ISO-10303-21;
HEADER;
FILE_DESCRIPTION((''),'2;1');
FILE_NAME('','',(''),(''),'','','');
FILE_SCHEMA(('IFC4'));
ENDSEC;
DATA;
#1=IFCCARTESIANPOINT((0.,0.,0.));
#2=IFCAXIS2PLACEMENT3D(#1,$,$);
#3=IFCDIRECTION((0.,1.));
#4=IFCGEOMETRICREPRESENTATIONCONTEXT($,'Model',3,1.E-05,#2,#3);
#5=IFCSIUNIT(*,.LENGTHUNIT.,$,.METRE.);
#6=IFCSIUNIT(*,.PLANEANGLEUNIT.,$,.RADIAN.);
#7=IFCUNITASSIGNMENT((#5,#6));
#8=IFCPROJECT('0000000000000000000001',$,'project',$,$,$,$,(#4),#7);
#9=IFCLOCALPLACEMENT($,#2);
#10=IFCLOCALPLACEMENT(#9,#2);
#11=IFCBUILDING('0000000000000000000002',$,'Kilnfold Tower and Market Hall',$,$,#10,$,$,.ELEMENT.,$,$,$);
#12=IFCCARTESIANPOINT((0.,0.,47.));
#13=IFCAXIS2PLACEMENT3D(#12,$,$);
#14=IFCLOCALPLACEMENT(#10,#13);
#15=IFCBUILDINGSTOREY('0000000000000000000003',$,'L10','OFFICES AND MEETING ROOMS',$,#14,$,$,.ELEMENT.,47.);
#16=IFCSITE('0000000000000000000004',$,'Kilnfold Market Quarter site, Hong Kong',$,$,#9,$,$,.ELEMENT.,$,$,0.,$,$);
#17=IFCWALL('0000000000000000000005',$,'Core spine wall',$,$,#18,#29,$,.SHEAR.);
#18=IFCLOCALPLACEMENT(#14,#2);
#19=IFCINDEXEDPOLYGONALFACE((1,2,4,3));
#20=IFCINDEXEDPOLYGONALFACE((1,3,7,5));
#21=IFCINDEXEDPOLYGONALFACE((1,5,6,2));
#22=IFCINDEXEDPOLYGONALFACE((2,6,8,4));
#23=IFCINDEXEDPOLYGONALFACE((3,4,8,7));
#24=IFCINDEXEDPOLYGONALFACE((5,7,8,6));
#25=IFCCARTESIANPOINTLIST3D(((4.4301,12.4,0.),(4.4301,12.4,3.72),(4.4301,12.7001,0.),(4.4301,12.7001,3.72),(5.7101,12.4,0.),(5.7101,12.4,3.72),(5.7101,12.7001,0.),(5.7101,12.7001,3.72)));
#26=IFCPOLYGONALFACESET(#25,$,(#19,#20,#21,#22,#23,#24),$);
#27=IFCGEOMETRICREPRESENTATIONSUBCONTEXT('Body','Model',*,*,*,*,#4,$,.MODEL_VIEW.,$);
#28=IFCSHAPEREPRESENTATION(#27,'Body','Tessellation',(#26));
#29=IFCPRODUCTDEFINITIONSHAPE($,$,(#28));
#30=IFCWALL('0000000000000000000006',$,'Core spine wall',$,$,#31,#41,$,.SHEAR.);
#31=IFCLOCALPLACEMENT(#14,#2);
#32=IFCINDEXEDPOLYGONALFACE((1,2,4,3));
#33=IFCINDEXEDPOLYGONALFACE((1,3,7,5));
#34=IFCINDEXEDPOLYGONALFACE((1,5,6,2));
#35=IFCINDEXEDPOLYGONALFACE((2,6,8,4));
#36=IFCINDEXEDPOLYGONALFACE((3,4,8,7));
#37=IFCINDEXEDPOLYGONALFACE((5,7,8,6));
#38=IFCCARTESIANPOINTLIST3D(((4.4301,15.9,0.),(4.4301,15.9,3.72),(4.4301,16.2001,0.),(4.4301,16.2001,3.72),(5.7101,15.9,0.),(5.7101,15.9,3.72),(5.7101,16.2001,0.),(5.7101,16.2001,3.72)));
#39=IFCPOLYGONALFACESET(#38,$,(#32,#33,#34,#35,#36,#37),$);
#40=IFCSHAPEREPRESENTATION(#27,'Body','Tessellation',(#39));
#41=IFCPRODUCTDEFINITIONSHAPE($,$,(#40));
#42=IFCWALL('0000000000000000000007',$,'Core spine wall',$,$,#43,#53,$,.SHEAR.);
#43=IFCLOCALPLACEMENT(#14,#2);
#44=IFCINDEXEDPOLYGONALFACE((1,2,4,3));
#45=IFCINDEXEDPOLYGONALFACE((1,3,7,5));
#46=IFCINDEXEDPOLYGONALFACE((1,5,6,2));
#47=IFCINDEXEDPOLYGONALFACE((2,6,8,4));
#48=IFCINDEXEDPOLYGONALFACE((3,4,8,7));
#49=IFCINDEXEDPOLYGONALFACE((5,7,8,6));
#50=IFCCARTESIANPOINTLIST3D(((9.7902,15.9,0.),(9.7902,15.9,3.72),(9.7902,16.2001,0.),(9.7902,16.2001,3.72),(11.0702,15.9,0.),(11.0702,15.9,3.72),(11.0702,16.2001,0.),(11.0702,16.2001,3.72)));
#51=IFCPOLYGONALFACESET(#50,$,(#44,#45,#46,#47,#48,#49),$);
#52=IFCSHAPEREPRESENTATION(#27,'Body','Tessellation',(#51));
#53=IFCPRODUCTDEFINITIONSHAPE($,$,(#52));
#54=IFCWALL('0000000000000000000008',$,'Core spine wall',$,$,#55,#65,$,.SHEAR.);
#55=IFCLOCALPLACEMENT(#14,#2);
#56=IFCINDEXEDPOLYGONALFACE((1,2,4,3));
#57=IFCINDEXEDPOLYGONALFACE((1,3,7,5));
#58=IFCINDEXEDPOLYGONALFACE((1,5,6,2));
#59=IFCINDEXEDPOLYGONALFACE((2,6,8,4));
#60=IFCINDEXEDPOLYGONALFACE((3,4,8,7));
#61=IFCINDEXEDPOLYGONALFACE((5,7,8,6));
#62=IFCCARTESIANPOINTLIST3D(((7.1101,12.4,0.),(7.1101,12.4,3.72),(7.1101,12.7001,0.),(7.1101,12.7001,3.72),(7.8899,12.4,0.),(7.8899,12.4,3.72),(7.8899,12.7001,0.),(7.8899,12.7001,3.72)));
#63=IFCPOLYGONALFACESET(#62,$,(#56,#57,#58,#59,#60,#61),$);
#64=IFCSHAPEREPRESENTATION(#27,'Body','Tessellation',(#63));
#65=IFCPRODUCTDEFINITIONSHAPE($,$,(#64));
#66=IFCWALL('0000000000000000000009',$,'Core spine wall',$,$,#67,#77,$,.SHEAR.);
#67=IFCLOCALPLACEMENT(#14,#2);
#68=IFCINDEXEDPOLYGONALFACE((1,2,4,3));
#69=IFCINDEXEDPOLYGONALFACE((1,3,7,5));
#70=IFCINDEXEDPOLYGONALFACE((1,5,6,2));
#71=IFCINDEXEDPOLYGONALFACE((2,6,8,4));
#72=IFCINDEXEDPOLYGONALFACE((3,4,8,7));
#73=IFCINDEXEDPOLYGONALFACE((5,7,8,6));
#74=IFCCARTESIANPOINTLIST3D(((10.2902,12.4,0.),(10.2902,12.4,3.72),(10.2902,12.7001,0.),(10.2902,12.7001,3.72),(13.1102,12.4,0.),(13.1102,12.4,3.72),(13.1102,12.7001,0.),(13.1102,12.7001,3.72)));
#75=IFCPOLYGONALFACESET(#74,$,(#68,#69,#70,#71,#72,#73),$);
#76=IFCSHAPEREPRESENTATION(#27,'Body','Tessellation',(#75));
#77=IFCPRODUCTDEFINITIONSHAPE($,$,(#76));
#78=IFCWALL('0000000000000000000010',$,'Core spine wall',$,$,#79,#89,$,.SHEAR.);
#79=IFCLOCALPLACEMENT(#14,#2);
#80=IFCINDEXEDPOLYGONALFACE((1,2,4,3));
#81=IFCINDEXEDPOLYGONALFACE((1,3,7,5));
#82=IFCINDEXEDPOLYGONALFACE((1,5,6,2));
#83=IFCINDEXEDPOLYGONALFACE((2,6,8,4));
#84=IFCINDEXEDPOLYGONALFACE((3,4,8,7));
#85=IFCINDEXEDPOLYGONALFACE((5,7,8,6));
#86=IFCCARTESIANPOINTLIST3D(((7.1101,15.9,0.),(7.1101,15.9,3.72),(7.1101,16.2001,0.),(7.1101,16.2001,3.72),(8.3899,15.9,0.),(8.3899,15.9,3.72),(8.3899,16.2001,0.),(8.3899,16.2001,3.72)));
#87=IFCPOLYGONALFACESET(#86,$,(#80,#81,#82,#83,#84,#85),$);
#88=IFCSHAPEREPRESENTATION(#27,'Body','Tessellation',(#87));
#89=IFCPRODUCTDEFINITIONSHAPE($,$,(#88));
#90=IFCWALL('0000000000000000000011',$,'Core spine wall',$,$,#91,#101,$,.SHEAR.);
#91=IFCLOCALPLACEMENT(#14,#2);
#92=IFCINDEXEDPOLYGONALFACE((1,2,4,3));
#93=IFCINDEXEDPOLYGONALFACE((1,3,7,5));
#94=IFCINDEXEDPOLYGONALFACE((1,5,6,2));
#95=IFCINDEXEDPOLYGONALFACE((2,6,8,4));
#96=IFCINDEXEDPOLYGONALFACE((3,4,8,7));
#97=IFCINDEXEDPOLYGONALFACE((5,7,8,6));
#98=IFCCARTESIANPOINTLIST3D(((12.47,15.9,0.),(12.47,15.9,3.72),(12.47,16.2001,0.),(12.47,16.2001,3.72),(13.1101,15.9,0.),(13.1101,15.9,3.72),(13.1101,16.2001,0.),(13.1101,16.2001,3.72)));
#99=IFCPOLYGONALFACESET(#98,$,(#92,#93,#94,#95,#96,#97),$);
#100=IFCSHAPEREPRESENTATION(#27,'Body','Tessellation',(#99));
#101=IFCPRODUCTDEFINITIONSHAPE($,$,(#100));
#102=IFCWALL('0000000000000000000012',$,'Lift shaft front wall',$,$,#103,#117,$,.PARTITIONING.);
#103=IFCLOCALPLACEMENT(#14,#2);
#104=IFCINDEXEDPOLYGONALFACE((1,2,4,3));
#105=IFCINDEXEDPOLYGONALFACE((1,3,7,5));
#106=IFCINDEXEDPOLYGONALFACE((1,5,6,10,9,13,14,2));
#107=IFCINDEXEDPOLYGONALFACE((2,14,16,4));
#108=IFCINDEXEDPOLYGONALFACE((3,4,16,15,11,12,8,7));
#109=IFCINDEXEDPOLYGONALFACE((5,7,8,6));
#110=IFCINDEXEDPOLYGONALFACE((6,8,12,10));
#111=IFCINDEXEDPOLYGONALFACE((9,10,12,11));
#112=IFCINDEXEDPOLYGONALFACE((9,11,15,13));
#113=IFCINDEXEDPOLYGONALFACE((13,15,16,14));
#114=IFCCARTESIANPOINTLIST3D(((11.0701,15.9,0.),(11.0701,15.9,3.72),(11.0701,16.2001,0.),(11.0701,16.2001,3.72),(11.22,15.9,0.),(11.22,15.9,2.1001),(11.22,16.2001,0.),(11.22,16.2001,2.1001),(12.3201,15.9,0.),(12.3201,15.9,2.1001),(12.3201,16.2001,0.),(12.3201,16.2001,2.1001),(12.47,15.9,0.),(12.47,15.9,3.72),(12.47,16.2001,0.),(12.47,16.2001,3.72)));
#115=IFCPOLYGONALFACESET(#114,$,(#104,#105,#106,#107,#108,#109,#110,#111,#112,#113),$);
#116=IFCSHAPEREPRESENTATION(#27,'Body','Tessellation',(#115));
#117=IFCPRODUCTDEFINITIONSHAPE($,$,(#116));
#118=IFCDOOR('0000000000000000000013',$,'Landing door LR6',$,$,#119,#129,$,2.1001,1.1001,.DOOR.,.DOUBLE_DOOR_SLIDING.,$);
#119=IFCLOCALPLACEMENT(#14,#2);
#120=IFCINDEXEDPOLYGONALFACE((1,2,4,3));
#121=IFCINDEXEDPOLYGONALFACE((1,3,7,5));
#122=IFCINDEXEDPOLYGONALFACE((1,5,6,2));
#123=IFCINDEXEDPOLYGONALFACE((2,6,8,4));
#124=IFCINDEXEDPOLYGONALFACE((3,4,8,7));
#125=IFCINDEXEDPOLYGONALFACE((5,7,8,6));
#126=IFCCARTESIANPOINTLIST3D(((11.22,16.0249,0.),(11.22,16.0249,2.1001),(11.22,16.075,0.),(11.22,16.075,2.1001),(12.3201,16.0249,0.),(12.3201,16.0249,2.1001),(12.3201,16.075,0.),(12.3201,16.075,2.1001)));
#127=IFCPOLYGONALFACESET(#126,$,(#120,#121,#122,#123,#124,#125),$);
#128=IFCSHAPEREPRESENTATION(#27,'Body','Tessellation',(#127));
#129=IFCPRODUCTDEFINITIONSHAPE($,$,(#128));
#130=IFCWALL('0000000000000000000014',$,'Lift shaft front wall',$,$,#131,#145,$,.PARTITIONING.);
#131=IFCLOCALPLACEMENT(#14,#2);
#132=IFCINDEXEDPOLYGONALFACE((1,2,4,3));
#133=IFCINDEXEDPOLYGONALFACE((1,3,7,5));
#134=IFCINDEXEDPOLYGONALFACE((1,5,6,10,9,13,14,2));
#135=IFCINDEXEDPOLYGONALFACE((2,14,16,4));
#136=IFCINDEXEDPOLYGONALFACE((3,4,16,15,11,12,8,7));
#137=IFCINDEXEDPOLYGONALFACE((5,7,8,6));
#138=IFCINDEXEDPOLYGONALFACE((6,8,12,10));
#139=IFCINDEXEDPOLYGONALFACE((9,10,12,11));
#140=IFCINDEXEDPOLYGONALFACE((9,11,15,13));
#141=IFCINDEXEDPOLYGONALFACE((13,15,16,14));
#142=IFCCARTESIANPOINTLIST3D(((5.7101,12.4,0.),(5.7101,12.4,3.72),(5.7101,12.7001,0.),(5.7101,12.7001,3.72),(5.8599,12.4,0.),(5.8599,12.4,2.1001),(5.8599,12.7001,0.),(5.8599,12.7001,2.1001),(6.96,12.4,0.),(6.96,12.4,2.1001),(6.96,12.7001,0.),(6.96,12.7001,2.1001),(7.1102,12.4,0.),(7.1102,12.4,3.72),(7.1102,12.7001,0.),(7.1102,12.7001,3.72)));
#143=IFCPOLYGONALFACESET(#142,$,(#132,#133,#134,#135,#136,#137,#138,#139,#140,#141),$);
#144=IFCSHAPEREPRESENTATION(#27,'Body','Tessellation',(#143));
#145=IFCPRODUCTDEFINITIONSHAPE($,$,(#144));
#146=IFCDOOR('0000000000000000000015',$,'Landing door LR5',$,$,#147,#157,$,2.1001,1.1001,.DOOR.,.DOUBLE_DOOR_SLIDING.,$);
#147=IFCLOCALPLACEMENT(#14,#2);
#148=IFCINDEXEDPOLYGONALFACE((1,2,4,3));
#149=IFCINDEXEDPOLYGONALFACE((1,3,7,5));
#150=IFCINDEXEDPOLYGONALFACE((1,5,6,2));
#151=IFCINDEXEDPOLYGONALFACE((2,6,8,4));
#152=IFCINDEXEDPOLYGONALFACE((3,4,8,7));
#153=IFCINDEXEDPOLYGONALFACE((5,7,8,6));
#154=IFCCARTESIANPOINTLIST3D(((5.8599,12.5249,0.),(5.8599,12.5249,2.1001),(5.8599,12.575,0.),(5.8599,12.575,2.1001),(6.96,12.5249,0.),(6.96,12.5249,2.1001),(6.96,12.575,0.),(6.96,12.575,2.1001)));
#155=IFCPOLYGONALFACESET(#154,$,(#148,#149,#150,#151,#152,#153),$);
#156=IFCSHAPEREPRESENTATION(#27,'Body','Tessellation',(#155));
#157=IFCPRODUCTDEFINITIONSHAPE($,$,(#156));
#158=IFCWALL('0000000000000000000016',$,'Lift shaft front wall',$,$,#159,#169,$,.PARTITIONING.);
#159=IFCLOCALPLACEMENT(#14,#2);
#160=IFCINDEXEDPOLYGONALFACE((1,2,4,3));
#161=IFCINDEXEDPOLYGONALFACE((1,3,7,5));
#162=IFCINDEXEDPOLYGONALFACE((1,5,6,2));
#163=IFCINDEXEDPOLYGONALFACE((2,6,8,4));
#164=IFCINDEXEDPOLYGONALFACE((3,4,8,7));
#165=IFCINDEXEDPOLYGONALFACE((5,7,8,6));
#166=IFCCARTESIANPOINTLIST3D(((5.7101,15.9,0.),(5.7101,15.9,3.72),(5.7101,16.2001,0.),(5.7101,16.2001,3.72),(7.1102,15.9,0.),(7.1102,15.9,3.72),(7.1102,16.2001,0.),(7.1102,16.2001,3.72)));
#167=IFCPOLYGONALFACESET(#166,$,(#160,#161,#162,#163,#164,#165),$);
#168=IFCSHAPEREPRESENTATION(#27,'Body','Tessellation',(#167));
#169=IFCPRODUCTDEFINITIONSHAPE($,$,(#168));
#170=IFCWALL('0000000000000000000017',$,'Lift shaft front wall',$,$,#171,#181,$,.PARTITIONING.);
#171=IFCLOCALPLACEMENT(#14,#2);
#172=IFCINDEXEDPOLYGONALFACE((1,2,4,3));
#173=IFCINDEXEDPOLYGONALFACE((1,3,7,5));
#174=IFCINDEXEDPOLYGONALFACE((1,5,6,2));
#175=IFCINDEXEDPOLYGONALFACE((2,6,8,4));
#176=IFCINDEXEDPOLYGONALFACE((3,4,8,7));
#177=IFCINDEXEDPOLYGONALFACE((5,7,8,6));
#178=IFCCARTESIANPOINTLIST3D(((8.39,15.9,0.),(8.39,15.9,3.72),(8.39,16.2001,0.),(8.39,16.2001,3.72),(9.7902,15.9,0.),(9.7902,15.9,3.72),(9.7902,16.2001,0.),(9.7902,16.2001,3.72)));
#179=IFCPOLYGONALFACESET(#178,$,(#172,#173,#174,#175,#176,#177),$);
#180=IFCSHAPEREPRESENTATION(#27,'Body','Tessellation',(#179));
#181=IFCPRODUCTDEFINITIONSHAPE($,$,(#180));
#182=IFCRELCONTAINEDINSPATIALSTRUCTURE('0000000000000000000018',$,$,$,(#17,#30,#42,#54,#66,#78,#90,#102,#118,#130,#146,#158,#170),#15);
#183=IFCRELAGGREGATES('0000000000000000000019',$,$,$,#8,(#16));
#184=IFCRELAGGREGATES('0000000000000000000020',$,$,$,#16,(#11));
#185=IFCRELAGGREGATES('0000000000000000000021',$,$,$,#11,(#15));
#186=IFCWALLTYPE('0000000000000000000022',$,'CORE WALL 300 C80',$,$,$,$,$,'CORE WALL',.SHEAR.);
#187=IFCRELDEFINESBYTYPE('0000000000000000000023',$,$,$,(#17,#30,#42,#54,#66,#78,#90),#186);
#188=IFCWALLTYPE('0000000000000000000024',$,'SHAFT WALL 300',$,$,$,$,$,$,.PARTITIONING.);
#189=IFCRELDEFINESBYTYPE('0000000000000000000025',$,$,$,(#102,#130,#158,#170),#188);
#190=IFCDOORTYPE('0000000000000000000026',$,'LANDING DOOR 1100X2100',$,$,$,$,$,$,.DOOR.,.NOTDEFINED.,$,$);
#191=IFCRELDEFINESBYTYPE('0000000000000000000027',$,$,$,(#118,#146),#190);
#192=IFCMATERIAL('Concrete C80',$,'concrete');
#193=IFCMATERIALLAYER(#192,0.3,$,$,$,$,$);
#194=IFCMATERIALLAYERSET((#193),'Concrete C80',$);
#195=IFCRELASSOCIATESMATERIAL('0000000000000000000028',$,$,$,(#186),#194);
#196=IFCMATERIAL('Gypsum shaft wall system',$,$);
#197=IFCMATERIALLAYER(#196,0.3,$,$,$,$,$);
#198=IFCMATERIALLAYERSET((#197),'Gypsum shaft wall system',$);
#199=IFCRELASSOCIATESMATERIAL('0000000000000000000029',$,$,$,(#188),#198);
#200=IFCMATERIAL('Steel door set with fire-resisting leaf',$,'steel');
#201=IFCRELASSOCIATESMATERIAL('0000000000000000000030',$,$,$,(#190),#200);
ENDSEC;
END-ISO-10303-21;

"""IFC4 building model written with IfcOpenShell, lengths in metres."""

from ifc_helpers import new_model, si_unit, direction, frame, frame_2d, origin, place, context, subcontext, project, spatial, rectangle, extrude, source, transform, mapped, material, layer, layer_set, type_object, element, fill, save


model = new_model("IFC4")

# Units and contexts
model_context = context("Model", 3, precision=1e-05, world=origin(), true_north=direction((0.0, 1.0)))
body_context = subcontext(model_context, "Body", "Model", "MODEL_VIEW")
ifc_project = project(units=[si_unit("LENGTHUNIT", "METRE"), si_unit("PLANEANGLEUNIT", "RADIAN")], contexts=[model_context])

# Site, building, storey
site_placement = place(None, origin())
site = spatial("IfcSite", under=ifc_project, at=site_placement, Name="Kilnfold Market Quarter site, Hong Kong", CompositionType="ELEMENT", RefElevation=0.0)
building_placement = place(site_placement, origin())
building = spatial("IfcBuilding", under=site, at=building_placement, Name="Kilnfold Tower and Market Hall", CompositionType="ELEMENT")
storey_placement = place(building_placement, frame((0.0, 0.0, 47.0)))
storey = spatial("IfcBuildingStorey", under=building, at=storey_placement, Name="L10", Description="OFFICES AND MEETING ROOMS", CompositionType="ELEMENT", Elevation=47.0)

# Walls
ifc_material_1 = material(Name="Concrete C80", Category="concrete")
ifc_layer_1 = layer(ifc_material_1, 0.3)
ifc_layer_set_1 = layer_set([ifc_layer_1], Name="Concrete C80")
wall_type_1 = type_object("IfcWallType", Name="CORE WALL 300 C80", ElementType="CORE WALL", PredefinedType="SHEAR", material=ifc_layer_set_1)
shared_shape_1 = source(origin(), body_context, "Body", "SweptSolid", [
    extrude(rectangle(XDim=1.28, YDim=0.3, at=frame_2d((0.6401, 0.0))), origin(), (0.0, 0.0, 1.0), 3.72),
])
for number, where, z_axis, x_axis, name in (
    (1, (4.4299, 12.55, 0.0), (0.0, 0.0, 1.0), (1.0, 0.0, 0.0), "Core spine wall"),
    (2, (4.4299, 16.05, 0.0), (0.0, 0.0, 1.0), (1.0, 0.0, 0.0), "Core spine wall"),
    (3, (9.79, 16.05, 0.0), (0.0, 0.0, 1.0), (1.0, 0.0, 0.0), "Core spine wall"),
):
    element("IfcWall", number, at=place(storey_placement, frame(where, z_axis=z_axis, x_axis=x_axis)), inside=storey, type_object=wall_type_1, Name=name, PredefinedType="SHEAR", context=body_context, shape_type="MappedRepresentation", body=[
        mapped(shared_shape_1, transform((0.0, 0.0, 0.0))),
    ])
shared_shape_2 = source(origin(), body_context, "Body", "SweptSolid", [
    extrude(rectangle(XDim=0.7798, YDim=0.3, at=frame_2d((0.3899, 0.0))), origin(), (0.0, 0.0, 1.0), 3.72),
])
wall_1_placement = place(storey_placement, frame((7.1101, 12.55, 0.0), z_axis=(0.0, 0.0, 1.0), x_axis=(1.0, 0.0, 0.0)))
element("IfcWall", 4, at=wall_1_placement, inside=storey, type_object=wall_type_1, Name="Core spine wall", PredefinedType="SHEAR", context=body_context, shape_type="MappedRepresentation", body=[
    mapped(shared_shape_2, transform((0.0, 0.0, 0.0))),
])
shared_shape_3 = source(origin(), body_context, "Body", "SweptSolid", [
    extrude(rectangle(XDim=2.8201, YDim=0.3, at=frame_2d((1.4102, 0.0))), origin(), (0.0, 0.0, 1.0), 3.72),
])
wall_2_placement = place(storey_placement, frame((10.29, 12.55, 0.0), z_axis=(0.0, 0.0, 1.0), x_axis=(1.0, 0.0, 0.0)))
element("IfcWall", 5, at=wall_2_placement, inside=storey, type_object=wall_type_1, Name="Core spine wall", PredefinedType="SHEAR", context=body_context, shape_type="MappedRepresentation", body=[
    mapped(shared_shape_3, transform((0.0, 0.0, 0.0))),
])
shared_shape_4 = source(origin(), body_context, "Body", "SweptSolid", [
    extrude(rectangle(XDim=1.2798, YDim=0.3, at=frame_2d((0.6399, 0.0))), origin(), (0.0, 0.0, 1.0), 3.72),
])
wall_3_placement = place(storey_placement, frame((7.1101, 16.05, 0.0), z_axis=(0.0, 0.0, 1.0), x_axis=(1.0, 0.0, 0.0)))
element("IfcWall", 6, at=wall_3_placement, inside=storey, type_object=wall_type_1, Name="Core spine wall", PredefinedType="SHEAR", context=body_context, shape_type="MappedRepresentation", body=[
    mapped(shared_shape_4, transform((0.0, 0.0, 0.0))),
])
shared_shape_5 = source(origin(), body_context, "Body", "SweptSolid", [
    extrude(rectangle(XDim=0.6401, YDim=0.3, at=frame_2d((0.3201, 0.0))), origin(), (0.0, 0.0, 1.0), 3.72),
])
wall_4_placement = place(storey_placement, frame((12.47, 16.05, 0.0), z_axis=(0.0, 0.0, 1.0), x_axis=(1.0, 0.0, 0.0)))
element("IfcWall", 7, at=wall_4_placement, inside=storey, type_object=wall_type_1, Name="Core spine wall", PredefinedType="SHEAR", context=body_context, shape_type="MappedRepresentation", body=[
    mapped(shared_shape_5, transform((0.0, 0.0, 0.0))),
])

# Walls, openings, doors
ifc_material_2 = material(Name="Gypsum shaft wall system")
ifc_layer_2 = layer(ifc_material_2, 0.3)
ifc_layer_set_2 = layer_set([ifc_layer_2], Name="Gypsum shaft wall system")
wall_type_2 = type_object("IfcWallType", Name="SHAFT WALL 300", PredefinedType="PARTITIONING", material=ifc_layer_set_2)
shared_shape_6 = source(origin(), body_context, "Body", "SweptSolid", [
    extrude(rectangle(XDim=1.3999, YDim=0.3, at=frame_2d((0.7, 0.0))), origin(), (0.0, 0.0, 1.0), 3.72),
])
wall_5_placement = place(storey_placement, frame((11.0701, 16.05, 0.0), z_axis=(0.0, 0.0, 1.0), x_axis=(1.0, 0.0, 0.0)))
wall_5 = element("IfcWall", 8, at=wall_5_placement, inside=storey, type_object=wall_type_2, Name="Lift shaft front wall", PredefinedType="PARTITIONING", context=body_context, shape_type="MappedRepresentation", body=[
    mapped(shared_shape_6, transform((0.0, 0.0, 0.0))),
])
opening_1_placement = place(wall_5_placement, frame((0.1499, 0.0, 0.0)))
opening_1 = element("IfcOpeningElement", 9, at=opening_1_placement, cuts=wall_5, PredefinedType="OPENING", context=body_context, shape_type="SweptSolid", body=[
    extrude(rectangle(XDim=1.1001, YDim=2.1001, at=frame_2d((0.55, 1.05))), frame((0.0, 0.1602, 0.0), z_axis=(0.0, -1.0, 0.0), x_axis=(1.0, 0.0, 0.0)), (0.0, 0.0, 1.0), 0.3201),
])
ifc_material_3 = material(Name="Steel door set with fire-resisting leaf", Category="steel")
door_type_1 = type_object("IfcDoorType", Name="LANDING DOOR 1100X2100", OperationType="NOTDEFINED", PredefinedType="DOOR", material=ifc_material_3)
door_1_placement = place(opening_1_placement, origin())
door_1 = element("IfcDoor", 10, at=door_1_placement, inside=storey, type_object=door_type_1, Name="Landing door LR6", OperationType="DOUBLE_DOOR_SLIDING", OverallHeight=2.1001, OverallWidth=1.1001, PredefinedType="DOOR", context=body_context, shape_type="SweptSolid", body=[
    extrude(rectangle(XDim=1.1001, YDim=2.1001, at=frame_2d((0.55, 1.05))), frame((0.0, 0.0249, 0.0), z_axis=(0.0, -1.0, 0.0), x_axis=(1.0, 0.0, 0.0)), (0.0, 0.0, 1.0), 0.05),
])
fill(opening_1, door_1)
shared_shape_7 = source(origin(), body_context, "Body", "SweptSolid", [
    extrude(rectangle(XDim=1.4001, YDim=0.3, at=frame_2d((0.7002, 0.0))), origin(), (0.0, 0.0, 1.0), 3.72),
])
wall_6_placement = place(storey_placement, frame((5.71, 12.55, 0.0), z_axis=(0.0, 0.0, 1.0), x_axis=(1.0, 0.0, 0.0)))
wall_6 = element("IfcWall", 11, at=wall_6_placement, inside=storey, type_object=wall_type_2, Name="Lift shaft front wall", PredefinedType="PARTITIONING", context=body_context, shape_type="MappedRepresentation", body=[
    mapped(shared_shape_7, transform((0.0, 0.0, 0.0))),
])
opening_2_placement = place(wall_6_placement, frame((0.1499, 0.0, 0.0)))
opening_2 = element("IfcOpeningElement", 12, at=opening_2_placement, cuts=wall_6, PredefinedType="OPENING", context=body_context, shape_type="SweptSolid", body=[
    extrude(rectangle(XDim=1.1001, YDim=2.1001, at=frame_2d((0.55, 1.05))), frame((0.0, 0.1602, 0.0), z_axis=(0.0, -1.0, 0.0), x_axis=(1.0, 0.0, 0.0)), (0.0, 0.0, 1.0), 0.3201),
])
door_2_placement = place(opening_2_placement, origin())
door_2 = element("IfcDoor", 13, at=door_2_placement, inside=storey, type_object=door_type_1, Name="Landing door LR5", OperationType="DOUBLE_DOOR_SLIDING", OverallHeight=2.1001, OverallWidth=1.1001, PredefinedType="DOOR", context=body_context, shape_type="SweptSolid", body=[
    extrude(rectangle(XDim=1.1001, YDim=2.1001, at=frame_2d((0.55, 1.05))), frame((0.0, 0.0249, 0.0), z_axis=(0.0, -1.0, 0.0), x_axis=(1.0, 0.0, 0.0)), (0.0, 0.0, 1.0), 0.05),
])
fill(opening_2, door_2)

# Walls
for number, where, z_axis, x_axis, name in (
    (14, (5.71, 16.05, 0.0), (0.0, 0.0, 1.0), (1.0, 0.0, 0.0), "Lift shaft front wall"),
    (15, (8.3899, 16.05, 0.0), (0.0, 0.0, 1.0), (1.0, 0.0, 0.0), "Lift shaft front wall"),
):
    element("IfcWall", number, at=place(storey_placement, frame(where, z_axis=z_axis, x_axis=x_axis)), inside=storey, type_object=wall_type_2, Name=name, PredefinedType="PARTITIONING", context=body_context, shape_type="MappedRepresentation", body=[
        mapped(shared_shape_7, transform((0.0, 0.0, 0.0))),
    ])

save(model, "model.ifc")
